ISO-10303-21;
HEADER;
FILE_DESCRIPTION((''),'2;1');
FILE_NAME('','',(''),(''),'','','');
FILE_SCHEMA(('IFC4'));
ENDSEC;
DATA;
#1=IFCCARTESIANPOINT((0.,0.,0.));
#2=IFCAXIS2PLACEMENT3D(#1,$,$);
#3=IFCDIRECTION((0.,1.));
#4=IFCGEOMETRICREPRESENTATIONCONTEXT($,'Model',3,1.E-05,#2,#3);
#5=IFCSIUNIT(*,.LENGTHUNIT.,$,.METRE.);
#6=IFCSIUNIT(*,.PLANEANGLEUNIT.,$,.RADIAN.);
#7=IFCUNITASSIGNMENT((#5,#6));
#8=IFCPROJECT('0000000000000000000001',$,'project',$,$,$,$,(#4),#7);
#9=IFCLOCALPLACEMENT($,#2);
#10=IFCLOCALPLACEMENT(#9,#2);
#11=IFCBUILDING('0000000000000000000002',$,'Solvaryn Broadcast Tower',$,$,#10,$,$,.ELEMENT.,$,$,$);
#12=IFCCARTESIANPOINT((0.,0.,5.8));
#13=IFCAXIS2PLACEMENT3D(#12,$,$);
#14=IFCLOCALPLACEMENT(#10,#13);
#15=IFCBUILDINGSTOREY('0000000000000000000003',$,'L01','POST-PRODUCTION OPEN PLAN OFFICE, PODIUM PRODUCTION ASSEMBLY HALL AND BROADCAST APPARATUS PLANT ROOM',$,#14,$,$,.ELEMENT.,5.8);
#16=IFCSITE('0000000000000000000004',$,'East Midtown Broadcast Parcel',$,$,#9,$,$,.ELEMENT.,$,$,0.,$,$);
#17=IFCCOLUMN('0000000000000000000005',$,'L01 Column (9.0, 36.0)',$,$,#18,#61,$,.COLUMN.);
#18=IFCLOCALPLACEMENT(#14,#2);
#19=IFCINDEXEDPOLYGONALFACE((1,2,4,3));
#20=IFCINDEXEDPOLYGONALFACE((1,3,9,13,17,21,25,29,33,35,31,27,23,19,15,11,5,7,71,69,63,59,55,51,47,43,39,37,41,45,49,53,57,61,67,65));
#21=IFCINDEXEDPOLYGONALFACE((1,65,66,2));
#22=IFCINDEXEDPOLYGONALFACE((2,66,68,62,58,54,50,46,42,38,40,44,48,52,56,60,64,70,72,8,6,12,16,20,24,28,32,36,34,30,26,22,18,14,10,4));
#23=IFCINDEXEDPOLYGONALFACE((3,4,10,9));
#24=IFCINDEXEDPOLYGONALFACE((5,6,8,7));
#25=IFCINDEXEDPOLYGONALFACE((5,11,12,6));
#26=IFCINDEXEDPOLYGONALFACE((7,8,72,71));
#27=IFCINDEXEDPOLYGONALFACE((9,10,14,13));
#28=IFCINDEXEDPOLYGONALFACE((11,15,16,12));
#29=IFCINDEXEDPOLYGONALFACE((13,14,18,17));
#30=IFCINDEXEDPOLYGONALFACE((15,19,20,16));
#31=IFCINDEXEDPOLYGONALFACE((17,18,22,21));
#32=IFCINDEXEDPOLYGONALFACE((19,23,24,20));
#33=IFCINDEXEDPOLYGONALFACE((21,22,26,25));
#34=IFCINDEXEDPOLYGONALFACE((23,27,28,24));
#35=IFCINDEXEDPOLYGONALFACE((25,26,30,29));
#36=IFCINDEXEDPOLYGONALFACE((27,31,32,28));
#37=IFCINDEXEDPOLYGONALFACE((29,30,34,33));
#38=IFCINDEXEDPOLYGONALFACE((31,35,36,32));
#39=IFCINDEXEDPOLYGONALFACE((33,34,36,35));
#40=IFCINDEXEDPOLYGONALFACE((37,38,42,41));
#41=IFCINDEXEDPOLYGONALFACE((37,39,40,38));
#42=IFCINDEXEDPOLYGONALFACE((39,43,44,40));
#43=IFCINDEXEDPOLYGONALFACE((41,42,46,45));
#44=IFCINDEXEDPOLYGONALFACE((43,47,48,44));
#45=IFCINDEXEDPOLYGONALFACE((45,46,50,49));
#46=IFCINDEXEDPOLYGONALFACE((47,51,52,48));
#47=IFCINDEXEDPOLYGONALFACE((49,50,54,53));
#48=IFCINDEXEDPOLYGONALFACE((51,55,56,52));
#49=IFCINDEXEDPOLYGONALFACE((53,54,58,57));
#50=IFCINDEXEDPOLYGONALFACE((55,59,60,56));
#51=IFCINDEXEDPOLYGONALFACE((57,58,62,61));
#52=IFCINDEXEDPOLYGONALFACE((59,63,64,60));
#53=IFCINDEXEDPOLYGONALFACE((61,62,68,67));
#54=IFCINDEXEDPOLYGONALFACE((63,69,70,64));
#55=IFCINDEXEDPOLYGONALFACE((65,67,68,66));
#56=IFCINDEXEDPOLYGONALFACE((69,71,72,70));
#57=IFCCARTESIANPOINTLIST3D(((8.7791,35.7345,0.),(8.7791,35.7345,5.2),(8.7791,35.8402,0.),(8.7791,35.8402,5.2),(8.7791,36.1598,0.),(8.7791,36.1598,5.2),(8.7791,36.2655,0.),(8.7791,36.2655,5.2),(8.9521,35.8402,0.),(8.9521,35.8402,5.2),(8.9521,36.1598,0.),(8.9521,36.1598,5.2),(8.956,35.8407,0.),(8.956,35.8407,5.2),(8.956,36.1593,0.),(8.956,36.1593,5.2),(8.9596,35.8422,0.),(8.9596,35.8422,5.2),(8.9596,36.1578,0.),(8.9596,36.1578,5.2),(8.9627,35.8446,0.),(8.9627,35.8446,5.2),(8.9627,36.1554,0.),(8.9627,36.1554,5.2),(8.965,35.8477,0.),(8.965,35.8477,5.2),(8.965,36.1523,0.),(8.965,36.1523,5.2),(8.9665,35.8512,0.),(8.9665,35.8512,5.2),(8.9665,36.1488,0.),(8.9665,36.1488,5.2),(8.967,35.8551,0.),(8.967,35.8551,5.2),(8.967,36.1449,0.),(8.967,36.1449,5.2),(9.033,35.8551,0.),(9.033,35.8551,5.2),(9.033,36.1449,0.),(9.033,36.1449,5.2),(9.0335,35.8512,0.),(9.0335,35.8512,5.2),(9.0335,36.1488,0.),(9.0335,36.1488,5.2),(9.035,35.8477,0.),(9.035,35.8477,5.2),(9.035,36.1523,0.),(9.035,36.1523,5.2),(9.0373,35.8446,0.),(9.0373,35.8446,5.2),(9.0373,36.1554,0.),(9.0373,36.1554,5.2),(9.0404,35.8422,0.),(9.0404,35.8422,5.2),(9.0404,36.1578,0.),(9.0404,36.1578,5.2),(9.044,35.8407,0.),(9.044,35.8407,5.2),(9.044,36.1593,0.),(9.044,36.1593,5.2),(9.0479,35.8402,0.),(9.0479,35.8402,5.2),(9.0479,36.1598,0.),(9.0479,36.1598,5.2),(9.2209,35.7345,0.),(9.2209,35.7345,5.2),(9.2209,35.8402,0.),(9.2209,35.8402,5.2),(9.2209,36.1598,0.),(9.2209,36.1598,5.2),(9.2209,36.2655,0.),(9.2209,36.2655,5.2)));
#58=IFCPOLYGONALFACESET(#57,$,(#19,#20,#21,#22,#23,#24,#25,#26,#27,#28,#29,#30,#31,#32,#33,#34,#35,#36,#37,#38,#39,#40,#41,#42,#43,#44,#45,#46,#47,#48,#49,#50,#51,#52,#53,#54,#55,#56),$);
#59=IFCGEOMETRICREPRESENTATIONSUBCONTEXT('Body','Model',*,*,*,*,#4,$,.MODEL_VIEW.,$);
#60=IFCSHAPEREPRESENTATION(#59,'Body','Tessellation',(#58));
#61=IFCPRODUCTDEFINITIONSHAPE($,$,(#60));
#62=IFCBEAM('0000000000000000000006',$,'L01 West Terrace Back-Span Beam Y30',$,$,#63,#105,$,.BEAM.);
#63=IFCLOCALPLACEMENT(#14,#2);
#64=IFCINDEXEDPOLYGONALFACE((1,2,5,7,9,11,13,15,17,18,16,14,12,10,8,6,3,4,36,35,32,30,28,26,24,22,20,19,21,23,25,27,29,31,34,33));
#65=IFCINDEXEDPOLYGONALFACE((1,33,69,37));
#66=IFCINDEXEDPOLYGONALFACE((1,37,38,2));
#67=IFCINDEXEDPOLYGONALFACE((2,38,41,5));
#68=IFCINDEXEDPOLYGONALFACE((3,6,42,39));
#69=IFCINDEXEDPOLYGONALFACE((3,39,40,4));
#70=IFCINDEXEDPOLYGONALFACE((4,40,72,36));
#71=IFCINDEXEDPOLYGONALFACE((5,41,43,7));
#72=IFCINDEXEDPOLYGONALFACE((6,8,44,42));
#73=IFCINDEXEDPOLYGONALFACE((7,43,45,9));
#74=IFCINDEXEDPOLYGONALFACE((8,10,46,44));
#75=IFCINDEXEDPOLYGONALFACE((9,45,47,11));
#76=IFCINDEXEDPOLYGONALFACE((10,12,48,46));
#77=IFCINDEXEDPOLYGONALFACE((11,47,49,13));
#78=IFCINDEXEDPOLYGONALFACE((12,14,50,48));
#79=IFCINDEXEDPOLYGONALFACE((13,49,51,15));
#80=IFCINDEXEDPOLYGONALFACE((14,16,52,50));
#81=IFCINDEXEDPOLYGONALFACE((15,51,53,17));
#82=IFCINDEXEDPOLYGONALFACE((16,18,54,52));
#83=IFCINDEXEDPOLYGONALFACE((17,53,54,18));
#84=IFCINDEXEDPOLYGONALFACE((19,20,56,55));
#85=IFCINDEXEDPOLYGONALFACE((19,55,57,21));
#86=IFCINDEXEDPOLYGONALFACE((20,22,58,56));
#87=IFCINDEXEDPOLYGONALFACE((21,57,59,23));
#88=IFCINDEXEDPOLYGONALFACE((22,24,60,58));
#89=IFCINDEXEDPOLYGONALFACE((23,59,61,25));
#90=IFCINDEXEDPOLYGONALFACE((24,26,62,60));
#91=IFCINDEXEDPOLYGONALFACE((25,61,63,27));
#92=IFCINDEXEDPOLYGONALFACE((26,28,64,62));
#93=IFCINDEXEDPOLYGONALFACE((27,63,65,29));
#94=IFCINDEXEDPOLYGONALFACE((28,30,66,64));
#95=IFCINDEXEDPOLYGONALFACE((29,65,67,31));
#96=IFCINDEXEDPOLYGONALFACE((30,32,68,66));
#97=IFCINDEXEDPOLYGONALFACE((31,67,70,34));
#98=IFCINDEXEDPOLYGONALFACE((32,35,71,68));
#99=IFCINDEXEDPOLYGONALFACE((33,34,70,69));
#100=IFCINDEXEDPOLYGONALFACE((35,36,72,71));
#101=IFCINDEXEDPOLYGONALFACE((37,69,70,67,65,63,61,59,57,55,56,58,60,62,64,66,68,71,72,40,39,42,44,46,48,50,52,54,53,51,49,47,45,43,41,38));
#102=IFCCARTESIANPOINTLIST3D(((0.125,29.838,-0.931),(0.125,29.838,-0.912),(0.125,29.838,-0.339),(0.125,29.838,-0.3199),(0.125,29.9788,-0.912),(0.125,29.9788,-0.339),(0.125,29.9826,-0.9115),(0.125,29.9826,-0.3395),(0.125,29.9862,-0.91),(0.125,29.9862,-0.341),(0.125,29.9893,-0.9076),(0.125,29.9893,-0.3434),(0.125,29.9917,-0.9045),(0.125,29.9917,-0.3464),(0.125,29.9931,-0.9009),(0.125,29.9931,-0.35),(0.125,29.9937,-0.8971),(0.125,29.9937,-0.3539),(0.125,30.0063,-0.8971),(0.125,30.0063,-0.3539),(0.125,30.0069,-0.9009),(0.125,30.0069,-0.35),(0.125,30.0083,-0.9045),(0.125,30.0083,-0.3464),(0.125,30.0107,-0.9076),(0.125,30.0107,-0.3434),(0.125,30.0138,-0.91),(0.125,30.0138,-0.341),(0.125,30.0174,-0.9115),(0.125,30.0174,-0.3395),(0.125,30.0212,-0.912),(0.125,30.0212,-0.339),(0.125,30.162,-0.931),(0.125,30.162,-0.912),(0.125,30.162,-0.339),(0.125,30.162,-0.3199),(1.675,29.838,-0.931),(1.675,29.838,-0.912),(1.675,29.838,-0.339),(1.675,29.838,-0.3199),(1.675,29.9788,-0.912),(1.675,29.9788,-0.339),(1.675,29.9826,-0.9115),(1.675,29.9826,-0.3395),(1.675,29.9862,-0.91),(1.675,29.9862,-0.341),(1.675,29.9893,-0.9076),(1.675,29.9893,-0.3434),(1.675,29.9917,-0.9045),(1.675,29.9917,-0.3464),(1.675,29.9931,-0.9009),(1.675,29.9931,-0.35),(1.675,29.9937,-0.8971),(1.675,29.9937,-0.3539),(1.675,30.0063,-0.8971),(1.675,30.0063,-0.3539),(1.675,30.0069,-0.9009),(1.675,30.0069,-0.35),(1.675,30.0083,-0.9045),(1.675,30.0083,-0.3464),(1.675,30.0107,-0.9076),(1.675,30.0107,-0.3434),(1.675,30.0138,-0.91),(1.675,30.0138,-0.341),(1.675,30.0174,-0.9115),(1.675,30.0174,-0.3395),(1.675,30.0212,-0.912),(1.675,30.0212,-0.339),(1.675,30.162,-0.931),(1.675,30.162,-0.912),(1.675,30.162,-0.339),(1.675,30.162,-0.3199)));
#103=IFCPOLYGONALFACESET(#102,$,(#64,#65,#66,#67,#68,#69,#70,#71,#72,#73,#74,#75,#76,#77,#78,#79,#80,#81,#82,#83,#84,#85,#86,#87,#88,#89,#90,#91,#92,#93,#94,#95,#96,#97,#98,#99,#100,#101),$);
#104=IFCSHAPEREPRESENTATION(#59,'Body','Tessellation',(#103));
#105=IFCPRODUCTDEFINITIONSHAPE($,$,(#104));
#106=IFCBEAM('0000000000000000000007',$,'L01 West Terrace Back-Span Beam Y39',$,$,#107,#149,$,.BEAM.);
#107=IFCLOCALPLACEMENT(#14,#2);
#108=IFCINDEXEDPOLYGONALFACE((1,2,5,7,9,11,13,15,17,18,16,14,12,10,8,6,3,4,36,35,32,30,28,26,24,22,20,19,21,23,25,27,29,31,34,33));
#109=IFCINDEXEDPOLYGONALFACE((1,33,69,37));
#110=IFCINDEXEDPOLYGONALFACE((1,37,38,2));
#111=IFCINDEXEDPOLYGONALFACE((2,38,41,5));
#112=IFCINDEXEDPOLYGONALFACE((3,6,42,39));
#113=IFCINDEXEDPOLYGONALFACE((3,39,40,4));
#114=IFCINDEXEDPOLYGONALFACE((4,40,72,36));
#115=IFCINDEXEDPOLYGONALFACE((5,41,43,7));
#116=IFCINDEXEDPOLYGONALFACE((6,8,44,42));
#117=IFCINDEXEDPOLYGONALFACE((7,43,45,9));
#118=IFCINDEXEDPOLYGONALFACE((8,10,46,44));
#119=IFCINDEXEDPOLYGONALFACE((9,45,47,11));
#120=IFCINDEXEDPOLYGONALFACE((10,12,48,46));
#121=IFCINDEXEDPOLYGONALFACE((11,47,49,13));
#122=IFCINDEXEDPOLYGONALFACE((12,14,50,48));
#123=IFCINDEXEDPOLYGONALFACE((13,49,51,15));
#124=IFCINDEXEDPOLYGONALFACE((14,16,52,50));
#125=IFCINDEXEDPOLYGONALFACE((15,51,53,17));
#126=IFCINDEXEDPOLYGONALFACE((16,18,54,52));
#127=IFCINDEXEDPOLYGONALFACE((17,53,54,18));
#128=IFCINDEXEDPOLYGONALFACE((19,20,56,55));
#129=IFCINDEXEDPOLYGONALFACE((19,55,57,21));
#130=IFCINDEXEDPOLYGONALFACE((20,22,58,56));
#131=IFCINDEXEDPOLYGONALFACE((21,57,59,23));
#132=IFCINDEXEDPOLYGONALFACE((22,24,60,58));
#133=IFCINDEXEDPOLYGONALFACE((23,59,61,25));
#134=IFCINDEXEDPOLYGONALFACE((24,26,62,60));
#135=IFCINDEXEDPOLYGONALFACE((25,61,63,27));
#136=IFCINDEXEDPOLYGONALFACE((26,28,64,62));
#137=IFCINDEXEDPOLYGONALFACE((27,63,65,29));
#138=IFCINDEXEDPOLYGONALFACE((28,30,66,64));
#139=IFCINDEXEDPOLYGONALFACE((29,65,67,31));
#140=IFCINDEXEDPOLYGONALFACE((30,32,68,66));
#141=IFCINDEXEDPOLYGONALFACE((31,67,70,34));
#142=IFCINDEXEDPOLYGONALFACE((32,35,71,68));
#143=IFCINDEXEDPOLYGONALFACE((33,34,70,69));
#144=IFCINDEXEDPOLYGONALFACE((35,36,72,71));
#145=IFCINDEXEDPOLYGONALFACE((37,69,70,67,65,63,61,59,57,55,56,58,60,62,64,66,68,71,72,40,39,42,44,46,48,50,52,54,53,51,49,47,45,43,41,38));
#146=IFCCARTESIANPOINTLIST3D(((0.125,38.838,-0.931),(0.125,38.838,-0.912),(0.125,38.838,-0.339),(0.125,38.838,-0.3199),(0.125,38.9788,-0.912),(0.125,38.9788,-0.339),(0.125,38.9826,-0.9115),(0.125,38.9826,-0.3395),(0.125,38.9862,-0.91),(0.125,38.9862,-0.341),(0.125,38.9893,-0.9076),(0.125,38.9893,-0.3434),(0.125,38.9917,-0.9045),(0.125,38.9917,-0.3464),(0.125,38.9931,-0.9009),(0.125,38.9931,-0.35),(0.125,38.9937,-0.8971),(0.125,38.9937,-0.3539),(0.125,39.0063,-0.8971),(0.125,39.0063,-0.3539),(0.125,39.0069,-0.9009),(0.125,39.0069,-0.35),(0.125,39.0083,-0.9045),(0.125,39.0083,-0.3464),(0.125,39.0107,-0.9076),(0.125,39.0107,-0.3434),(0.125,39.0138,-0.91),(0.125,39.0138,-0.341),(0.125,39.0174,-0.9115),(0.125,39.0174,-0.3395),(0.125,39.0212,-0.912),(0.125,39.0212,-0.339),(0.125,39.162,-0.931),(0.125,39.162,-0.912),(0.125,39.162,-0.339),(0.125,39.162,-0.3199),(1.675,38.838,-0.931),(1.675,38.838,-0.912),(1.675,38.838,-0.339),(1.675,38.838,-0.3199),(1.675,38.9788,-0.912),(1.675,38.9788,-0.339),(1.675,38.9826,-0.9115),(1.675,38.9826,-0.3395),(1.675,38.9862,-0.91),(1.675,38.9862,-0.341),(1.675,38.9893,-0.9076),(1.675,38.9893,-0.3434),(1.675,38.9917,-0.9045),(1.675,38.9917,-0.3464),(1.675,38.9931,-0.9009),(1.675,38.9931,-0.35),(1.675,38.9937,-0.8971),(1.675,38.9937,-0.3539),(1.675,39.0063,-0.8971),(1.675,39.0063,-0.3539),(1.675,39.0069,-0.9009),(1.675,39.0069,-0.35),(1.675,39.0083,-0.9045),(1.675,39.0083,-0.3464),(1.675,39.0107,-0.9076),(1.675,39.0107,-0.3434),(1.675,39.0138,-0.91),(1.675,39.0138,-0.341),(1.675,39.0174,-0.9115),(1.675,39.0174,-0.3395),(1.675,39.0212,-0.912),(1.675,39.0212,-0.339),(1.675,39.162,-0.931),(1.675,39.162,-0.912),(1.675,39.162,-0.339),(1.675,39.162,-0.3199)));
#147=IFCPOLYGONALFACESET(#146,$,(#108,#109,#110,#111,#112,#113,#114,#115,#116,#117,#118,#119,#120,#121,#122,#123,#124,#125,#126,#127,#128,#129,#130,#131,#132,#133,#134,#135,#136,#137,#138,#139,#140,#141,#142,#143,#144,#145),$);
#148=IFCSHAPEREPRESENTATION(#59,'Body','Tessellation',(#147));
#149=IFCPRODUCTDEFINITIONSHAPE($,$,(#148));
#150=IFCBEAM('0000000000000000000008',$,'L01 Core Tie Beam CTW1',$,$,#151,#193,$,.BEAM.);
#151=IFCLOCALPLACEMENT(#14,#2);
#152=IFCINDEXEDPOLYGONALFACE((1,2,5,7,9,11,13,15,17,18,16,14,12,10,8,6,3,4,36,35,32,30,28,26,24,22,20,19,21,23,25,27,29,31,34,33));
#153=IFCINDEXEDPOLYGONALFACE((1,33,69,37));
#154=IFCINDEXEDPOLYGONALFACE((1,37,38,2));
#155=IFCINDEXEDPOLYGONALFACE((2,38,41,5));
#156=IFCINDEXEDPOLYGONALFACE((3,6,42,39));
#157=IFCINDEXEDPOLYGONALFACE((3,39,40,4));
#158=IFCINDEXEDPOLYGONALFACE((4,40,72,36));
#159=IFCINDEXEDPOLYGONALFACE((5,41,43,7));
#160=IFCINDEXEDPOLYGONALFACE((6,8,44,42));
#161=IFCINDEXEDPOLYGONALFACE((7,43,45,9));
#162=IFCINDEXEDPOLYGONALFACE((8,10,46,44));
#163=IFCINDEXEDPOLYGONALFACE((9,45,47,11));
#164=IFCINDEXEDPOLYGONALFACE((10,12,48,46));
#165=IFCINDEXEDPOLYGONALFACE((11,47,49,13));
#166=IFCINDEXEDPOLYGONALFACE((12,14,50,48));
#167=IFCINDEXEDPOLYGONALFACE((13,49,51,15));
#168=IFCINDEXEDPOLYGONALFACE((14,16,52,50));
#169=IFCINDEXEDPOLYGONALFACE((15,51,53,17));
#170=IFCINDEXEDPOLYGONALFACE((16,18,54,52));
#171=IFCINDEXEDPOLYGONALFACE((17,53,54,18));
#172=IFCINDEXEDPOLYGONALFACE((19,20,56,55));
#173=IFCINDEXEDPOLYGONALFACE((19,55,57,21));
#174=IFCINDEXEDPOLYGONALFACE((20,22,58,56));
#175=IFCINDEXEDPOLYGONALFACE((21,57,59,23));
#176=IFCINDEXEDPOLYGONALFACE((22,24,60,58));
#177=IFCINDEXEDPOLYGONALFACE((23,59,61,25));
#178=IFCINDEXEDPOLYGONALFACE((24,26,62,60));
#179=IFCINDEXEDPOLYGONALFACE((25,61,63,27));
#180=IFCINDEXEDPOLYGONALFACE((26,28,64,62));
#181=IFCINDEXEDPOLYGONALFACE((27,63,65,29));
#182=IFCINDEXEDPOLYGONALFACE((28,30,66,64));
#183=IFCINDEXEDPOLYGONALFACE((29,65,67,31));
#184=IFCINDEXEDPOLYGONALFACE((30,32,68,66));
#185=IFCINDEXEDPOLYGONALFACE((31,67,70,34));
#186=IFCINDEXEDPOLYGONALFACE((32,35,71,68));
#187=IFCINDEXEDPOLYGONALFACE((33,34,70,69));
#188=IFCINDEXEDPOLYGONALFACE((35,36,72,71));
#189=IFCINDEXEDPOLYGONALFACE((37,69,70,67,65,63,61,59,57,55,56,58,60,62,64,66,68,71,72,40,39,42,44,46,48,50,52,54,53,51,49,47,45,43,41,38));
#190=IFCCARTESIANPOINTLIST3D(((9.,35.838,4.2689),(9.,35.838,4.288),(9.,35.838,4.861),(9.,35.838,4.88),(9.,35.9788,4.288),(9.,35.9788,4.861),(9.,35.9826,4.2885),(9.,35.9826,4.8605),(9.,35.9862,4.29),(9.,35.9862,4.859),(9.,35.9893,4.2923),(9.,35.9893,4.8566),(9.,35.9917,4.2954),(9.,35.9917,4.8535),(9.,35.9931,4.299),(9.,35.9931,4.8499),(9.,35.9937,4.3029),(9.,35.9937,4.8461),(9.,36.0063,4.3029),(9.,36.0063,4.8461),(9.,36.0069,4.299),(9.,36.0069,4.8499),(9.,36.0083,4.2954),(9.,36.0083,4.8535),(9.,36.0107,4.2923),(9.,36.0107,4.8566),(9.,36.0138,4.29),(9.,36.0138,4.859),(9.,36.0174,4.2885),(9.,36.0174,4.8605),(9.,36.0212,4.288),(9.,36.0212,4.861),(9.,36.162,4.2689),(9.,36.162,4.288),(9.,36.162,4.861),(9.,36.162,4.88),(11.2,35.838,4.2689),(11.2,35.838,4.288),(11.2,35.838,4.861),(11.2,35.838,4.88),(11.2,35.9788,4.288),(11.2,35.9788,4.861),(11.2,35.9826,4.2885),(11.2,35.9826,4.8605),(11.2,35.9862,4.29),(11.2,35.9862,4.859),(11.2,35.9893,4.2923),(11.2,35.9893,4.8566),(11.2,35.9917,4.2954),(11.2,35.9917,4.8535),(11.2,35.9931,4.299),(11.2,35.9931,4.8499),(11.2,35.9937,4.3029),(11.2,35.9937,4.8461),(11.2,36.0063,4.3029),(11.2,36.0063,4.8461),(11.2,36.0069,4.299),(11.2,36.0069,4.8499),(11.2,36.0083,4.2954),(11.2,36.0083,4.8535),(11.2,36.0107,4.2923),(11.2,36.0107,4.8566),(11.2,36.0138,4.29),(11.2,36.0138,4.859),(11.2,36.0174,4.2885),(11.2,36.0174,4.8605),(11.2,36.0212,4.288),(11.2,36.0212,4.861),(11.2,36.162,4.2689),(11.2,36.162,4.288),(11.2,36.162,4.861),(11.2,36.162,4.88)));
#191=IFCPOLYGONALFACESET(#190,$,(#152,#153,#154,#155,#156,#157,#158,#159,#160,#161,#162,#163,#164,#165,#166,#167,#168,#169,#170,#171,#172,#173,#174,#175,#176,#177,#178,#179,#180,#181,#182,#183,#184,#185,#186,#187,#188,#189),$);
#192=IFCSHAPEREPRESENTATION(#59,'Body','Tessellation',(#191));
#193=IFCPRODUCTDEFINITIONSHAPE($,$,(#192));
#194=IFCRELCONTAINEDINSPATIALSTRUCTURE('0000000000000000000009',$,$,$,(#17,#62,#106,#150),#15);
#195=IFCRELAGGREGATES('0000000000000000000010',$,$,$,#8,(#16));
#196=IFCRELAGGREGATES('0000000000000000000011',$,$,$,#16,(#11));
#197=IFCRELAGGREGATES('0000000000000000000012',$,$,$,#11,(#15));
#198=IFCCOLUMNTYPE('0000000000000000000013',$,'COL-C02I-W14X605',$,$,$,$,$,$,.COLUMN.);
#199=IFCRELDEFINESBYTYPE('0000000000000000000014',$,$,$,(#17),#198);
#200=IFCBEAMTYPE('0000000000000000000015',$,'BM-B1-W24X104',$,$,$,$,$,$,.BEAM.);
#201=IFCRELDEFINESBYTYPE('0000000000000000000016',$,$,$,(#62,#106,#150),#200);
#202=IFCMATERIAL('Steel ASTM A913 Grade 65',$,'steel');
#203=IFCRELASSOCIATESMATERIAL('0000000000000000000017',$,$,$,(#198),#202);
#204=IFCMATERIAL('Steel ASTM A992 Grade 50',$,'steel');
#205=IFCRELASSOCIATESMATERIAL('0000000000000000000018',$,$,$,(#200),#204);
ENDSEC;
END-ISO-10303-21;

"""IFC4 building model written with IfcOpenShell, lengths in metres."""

from ifc_helpers import new_model, si_unit, direction, frame, origin, origin_2d, place, context, subcontext, project, spatial, i_section, extrude, material, material_profile, profile_set, type_object, element, save


model = new_model("IFC4")

# Units and contexts
model_context = context("Model", 3, precision=1e-05, world=origin(), true_north=direction((0.0, 1.0)))
body_context = subcontext(model_context, "Body", "Model", "MODEL_VIEW")
ifc_project = project(units=[si_unit("LENGTHUNIT", "METRE"), si_unit("PLANEANGLEUNIT", "RADIAN")], contexts=[model_context])

# Site, building, storey
site_placement = place(None, origin())
site = spatial("IfcSite", under=ifc_project, at=site_placement, Name="East Midtown Broadcast Parcel", CompositionType="ELEMENT", RefElevation=0.0)
building_placement = place(site_placement, origin())
building = spatial("IfcBuilding", under=site, at=building_placement, Name="Solvaryn Broadcast Tower", CompositionType="ELEMENT")
storey_placement = place(building_placement, frame((0.0, 0.0, 5.8)))
storey = spatial("IfcBuildingStorey", under=building, at=storey_placement, Name="L01", Description="POST-PRODUCTION OPEN PLAN OFFICE, PODIUM PRODUCTION ASSEMBLY HALL AND BROADCAST APPARATUS PLANT ROOM", CompositionType="ELEMENT", Elevation=5.8)

# Column
ifc_material_1 = material(Name="Steel ASTM A913 Grade 65", Category="steel")
ifc_material_profile_1 = material_profile(ifc_material_1, i_section(OverallWidth=0.4419, OverallDepth=0.531, WebThickness=0.0659, FlangeThickness=0.1057, FilletRadius=0.0149, at=origin_2d()))
ifc_profile_set_1 = profile_set([ifc_material_profile_1], Name="Steel ASTM A913 Grade 65")
column_type = type_object("IfcColumnType", Name="COL-C02I-W14X605", PredefinedType="COLUMN", material=ifc_profile_set_1)
column_placement = place(storey_placement, frame((9.0, 36.0, 0.0), z_axis=(0.0, 0.0, 1.0), x_axis=(1.0, 0.0, 0.0)))
element("IfcColumn", 1, at=column_placement, inside=storey, type_object=column_type, Name="L01 Column (9.0, 36.0)", PredefinedType="COLUMN", context=body_context, shape_type="SweptSolid", body=[
    extrude(i_section(OverallWidth=0.4419, OverallDepth=0.531, WebThickness=0.0659, FlangeThickness=0.1057, FilletRadius=0.0149, at=origin_2d()), origin(), (0.0, 0.0, 1.0), 5.2),
])

# Beams
ifc_material_2 = material(Name="Steel ASTM A992 Grade 50", Category="steel")
ifc_material_profile_2 = material_profile(ifc_material_2, i_section(OverallWidth=0.324, OverallDepth=0.6111, WebThickness=0.0127, FlangeThickness=0.019, FilletRadius=0.0149, at=origin_2d()))
ifc_profile_set_2 = profile_set([ifc_material_profile_2], Name="Steel ASTM A992 Grade 50")
beam_type_1 = type_object("IfcBeamType", Name="BM-B1-W24X104", PredefinedType="BEAM", material=ifc_profile_set_2)
for number, where, z_axis, x_axis, name in (
    (2, (1.675, 30.0, -0.6255), (-1.0, 0.0, 0.0), (0.0, -1.0, 0.0), "L01 West Terrace Back-Span Beam Y30"),
    (3, (1.675, 39.0, -0.6255), (-1.0, 0.0, 0.0), (0.0, -1.0, 0.0), "L01 West Terrace Back-Span Beam Y39"),
):
    element("IfcBeam", number, at=place(storey_placement, frame(where, z_axis=z_axis, x_axis=x_axis)), inside=storey, type_object=beam_type_1, Name=name, PredefinedType="BEAM", context=body_context, shape_type="SweptSolid", body=[
        extrude(i_section(OverallWidth=0.324, OverallDepth=0.6111, WebThickness=0.0127, FlangeThickness=0.019, FilletRadius=0.0149, at=origin_2d()), origin(), (0.0, 0.0, 1.0), 1.55),
    ])
beam_1_placement = place(storey_placement, frame((9.0, 36.0, 4.5745), z_axis=(1.0, 0.0, 0.0), x_axis=(0.0, 1.0, 0.0)))
element("IfcBeam", 4, at=beam_1_placement, inside=storey, type_object=beam_type_1, Name="L01 Core Tie Beam CTW1", PredefinedType="BEAM", context=body_context, shape_type="SweptSolid", body=[
    extrude(i_section(OverallWidth=0.324, OverallDepth=0.6111, WebThickness=0.0127, FlangeThickness=0.019, FilletRadius=0.0149, at=origin_2d()), origin(), (0.0, 0.0, 1.0), 2.2),
])

save(model, "model.ifc")
